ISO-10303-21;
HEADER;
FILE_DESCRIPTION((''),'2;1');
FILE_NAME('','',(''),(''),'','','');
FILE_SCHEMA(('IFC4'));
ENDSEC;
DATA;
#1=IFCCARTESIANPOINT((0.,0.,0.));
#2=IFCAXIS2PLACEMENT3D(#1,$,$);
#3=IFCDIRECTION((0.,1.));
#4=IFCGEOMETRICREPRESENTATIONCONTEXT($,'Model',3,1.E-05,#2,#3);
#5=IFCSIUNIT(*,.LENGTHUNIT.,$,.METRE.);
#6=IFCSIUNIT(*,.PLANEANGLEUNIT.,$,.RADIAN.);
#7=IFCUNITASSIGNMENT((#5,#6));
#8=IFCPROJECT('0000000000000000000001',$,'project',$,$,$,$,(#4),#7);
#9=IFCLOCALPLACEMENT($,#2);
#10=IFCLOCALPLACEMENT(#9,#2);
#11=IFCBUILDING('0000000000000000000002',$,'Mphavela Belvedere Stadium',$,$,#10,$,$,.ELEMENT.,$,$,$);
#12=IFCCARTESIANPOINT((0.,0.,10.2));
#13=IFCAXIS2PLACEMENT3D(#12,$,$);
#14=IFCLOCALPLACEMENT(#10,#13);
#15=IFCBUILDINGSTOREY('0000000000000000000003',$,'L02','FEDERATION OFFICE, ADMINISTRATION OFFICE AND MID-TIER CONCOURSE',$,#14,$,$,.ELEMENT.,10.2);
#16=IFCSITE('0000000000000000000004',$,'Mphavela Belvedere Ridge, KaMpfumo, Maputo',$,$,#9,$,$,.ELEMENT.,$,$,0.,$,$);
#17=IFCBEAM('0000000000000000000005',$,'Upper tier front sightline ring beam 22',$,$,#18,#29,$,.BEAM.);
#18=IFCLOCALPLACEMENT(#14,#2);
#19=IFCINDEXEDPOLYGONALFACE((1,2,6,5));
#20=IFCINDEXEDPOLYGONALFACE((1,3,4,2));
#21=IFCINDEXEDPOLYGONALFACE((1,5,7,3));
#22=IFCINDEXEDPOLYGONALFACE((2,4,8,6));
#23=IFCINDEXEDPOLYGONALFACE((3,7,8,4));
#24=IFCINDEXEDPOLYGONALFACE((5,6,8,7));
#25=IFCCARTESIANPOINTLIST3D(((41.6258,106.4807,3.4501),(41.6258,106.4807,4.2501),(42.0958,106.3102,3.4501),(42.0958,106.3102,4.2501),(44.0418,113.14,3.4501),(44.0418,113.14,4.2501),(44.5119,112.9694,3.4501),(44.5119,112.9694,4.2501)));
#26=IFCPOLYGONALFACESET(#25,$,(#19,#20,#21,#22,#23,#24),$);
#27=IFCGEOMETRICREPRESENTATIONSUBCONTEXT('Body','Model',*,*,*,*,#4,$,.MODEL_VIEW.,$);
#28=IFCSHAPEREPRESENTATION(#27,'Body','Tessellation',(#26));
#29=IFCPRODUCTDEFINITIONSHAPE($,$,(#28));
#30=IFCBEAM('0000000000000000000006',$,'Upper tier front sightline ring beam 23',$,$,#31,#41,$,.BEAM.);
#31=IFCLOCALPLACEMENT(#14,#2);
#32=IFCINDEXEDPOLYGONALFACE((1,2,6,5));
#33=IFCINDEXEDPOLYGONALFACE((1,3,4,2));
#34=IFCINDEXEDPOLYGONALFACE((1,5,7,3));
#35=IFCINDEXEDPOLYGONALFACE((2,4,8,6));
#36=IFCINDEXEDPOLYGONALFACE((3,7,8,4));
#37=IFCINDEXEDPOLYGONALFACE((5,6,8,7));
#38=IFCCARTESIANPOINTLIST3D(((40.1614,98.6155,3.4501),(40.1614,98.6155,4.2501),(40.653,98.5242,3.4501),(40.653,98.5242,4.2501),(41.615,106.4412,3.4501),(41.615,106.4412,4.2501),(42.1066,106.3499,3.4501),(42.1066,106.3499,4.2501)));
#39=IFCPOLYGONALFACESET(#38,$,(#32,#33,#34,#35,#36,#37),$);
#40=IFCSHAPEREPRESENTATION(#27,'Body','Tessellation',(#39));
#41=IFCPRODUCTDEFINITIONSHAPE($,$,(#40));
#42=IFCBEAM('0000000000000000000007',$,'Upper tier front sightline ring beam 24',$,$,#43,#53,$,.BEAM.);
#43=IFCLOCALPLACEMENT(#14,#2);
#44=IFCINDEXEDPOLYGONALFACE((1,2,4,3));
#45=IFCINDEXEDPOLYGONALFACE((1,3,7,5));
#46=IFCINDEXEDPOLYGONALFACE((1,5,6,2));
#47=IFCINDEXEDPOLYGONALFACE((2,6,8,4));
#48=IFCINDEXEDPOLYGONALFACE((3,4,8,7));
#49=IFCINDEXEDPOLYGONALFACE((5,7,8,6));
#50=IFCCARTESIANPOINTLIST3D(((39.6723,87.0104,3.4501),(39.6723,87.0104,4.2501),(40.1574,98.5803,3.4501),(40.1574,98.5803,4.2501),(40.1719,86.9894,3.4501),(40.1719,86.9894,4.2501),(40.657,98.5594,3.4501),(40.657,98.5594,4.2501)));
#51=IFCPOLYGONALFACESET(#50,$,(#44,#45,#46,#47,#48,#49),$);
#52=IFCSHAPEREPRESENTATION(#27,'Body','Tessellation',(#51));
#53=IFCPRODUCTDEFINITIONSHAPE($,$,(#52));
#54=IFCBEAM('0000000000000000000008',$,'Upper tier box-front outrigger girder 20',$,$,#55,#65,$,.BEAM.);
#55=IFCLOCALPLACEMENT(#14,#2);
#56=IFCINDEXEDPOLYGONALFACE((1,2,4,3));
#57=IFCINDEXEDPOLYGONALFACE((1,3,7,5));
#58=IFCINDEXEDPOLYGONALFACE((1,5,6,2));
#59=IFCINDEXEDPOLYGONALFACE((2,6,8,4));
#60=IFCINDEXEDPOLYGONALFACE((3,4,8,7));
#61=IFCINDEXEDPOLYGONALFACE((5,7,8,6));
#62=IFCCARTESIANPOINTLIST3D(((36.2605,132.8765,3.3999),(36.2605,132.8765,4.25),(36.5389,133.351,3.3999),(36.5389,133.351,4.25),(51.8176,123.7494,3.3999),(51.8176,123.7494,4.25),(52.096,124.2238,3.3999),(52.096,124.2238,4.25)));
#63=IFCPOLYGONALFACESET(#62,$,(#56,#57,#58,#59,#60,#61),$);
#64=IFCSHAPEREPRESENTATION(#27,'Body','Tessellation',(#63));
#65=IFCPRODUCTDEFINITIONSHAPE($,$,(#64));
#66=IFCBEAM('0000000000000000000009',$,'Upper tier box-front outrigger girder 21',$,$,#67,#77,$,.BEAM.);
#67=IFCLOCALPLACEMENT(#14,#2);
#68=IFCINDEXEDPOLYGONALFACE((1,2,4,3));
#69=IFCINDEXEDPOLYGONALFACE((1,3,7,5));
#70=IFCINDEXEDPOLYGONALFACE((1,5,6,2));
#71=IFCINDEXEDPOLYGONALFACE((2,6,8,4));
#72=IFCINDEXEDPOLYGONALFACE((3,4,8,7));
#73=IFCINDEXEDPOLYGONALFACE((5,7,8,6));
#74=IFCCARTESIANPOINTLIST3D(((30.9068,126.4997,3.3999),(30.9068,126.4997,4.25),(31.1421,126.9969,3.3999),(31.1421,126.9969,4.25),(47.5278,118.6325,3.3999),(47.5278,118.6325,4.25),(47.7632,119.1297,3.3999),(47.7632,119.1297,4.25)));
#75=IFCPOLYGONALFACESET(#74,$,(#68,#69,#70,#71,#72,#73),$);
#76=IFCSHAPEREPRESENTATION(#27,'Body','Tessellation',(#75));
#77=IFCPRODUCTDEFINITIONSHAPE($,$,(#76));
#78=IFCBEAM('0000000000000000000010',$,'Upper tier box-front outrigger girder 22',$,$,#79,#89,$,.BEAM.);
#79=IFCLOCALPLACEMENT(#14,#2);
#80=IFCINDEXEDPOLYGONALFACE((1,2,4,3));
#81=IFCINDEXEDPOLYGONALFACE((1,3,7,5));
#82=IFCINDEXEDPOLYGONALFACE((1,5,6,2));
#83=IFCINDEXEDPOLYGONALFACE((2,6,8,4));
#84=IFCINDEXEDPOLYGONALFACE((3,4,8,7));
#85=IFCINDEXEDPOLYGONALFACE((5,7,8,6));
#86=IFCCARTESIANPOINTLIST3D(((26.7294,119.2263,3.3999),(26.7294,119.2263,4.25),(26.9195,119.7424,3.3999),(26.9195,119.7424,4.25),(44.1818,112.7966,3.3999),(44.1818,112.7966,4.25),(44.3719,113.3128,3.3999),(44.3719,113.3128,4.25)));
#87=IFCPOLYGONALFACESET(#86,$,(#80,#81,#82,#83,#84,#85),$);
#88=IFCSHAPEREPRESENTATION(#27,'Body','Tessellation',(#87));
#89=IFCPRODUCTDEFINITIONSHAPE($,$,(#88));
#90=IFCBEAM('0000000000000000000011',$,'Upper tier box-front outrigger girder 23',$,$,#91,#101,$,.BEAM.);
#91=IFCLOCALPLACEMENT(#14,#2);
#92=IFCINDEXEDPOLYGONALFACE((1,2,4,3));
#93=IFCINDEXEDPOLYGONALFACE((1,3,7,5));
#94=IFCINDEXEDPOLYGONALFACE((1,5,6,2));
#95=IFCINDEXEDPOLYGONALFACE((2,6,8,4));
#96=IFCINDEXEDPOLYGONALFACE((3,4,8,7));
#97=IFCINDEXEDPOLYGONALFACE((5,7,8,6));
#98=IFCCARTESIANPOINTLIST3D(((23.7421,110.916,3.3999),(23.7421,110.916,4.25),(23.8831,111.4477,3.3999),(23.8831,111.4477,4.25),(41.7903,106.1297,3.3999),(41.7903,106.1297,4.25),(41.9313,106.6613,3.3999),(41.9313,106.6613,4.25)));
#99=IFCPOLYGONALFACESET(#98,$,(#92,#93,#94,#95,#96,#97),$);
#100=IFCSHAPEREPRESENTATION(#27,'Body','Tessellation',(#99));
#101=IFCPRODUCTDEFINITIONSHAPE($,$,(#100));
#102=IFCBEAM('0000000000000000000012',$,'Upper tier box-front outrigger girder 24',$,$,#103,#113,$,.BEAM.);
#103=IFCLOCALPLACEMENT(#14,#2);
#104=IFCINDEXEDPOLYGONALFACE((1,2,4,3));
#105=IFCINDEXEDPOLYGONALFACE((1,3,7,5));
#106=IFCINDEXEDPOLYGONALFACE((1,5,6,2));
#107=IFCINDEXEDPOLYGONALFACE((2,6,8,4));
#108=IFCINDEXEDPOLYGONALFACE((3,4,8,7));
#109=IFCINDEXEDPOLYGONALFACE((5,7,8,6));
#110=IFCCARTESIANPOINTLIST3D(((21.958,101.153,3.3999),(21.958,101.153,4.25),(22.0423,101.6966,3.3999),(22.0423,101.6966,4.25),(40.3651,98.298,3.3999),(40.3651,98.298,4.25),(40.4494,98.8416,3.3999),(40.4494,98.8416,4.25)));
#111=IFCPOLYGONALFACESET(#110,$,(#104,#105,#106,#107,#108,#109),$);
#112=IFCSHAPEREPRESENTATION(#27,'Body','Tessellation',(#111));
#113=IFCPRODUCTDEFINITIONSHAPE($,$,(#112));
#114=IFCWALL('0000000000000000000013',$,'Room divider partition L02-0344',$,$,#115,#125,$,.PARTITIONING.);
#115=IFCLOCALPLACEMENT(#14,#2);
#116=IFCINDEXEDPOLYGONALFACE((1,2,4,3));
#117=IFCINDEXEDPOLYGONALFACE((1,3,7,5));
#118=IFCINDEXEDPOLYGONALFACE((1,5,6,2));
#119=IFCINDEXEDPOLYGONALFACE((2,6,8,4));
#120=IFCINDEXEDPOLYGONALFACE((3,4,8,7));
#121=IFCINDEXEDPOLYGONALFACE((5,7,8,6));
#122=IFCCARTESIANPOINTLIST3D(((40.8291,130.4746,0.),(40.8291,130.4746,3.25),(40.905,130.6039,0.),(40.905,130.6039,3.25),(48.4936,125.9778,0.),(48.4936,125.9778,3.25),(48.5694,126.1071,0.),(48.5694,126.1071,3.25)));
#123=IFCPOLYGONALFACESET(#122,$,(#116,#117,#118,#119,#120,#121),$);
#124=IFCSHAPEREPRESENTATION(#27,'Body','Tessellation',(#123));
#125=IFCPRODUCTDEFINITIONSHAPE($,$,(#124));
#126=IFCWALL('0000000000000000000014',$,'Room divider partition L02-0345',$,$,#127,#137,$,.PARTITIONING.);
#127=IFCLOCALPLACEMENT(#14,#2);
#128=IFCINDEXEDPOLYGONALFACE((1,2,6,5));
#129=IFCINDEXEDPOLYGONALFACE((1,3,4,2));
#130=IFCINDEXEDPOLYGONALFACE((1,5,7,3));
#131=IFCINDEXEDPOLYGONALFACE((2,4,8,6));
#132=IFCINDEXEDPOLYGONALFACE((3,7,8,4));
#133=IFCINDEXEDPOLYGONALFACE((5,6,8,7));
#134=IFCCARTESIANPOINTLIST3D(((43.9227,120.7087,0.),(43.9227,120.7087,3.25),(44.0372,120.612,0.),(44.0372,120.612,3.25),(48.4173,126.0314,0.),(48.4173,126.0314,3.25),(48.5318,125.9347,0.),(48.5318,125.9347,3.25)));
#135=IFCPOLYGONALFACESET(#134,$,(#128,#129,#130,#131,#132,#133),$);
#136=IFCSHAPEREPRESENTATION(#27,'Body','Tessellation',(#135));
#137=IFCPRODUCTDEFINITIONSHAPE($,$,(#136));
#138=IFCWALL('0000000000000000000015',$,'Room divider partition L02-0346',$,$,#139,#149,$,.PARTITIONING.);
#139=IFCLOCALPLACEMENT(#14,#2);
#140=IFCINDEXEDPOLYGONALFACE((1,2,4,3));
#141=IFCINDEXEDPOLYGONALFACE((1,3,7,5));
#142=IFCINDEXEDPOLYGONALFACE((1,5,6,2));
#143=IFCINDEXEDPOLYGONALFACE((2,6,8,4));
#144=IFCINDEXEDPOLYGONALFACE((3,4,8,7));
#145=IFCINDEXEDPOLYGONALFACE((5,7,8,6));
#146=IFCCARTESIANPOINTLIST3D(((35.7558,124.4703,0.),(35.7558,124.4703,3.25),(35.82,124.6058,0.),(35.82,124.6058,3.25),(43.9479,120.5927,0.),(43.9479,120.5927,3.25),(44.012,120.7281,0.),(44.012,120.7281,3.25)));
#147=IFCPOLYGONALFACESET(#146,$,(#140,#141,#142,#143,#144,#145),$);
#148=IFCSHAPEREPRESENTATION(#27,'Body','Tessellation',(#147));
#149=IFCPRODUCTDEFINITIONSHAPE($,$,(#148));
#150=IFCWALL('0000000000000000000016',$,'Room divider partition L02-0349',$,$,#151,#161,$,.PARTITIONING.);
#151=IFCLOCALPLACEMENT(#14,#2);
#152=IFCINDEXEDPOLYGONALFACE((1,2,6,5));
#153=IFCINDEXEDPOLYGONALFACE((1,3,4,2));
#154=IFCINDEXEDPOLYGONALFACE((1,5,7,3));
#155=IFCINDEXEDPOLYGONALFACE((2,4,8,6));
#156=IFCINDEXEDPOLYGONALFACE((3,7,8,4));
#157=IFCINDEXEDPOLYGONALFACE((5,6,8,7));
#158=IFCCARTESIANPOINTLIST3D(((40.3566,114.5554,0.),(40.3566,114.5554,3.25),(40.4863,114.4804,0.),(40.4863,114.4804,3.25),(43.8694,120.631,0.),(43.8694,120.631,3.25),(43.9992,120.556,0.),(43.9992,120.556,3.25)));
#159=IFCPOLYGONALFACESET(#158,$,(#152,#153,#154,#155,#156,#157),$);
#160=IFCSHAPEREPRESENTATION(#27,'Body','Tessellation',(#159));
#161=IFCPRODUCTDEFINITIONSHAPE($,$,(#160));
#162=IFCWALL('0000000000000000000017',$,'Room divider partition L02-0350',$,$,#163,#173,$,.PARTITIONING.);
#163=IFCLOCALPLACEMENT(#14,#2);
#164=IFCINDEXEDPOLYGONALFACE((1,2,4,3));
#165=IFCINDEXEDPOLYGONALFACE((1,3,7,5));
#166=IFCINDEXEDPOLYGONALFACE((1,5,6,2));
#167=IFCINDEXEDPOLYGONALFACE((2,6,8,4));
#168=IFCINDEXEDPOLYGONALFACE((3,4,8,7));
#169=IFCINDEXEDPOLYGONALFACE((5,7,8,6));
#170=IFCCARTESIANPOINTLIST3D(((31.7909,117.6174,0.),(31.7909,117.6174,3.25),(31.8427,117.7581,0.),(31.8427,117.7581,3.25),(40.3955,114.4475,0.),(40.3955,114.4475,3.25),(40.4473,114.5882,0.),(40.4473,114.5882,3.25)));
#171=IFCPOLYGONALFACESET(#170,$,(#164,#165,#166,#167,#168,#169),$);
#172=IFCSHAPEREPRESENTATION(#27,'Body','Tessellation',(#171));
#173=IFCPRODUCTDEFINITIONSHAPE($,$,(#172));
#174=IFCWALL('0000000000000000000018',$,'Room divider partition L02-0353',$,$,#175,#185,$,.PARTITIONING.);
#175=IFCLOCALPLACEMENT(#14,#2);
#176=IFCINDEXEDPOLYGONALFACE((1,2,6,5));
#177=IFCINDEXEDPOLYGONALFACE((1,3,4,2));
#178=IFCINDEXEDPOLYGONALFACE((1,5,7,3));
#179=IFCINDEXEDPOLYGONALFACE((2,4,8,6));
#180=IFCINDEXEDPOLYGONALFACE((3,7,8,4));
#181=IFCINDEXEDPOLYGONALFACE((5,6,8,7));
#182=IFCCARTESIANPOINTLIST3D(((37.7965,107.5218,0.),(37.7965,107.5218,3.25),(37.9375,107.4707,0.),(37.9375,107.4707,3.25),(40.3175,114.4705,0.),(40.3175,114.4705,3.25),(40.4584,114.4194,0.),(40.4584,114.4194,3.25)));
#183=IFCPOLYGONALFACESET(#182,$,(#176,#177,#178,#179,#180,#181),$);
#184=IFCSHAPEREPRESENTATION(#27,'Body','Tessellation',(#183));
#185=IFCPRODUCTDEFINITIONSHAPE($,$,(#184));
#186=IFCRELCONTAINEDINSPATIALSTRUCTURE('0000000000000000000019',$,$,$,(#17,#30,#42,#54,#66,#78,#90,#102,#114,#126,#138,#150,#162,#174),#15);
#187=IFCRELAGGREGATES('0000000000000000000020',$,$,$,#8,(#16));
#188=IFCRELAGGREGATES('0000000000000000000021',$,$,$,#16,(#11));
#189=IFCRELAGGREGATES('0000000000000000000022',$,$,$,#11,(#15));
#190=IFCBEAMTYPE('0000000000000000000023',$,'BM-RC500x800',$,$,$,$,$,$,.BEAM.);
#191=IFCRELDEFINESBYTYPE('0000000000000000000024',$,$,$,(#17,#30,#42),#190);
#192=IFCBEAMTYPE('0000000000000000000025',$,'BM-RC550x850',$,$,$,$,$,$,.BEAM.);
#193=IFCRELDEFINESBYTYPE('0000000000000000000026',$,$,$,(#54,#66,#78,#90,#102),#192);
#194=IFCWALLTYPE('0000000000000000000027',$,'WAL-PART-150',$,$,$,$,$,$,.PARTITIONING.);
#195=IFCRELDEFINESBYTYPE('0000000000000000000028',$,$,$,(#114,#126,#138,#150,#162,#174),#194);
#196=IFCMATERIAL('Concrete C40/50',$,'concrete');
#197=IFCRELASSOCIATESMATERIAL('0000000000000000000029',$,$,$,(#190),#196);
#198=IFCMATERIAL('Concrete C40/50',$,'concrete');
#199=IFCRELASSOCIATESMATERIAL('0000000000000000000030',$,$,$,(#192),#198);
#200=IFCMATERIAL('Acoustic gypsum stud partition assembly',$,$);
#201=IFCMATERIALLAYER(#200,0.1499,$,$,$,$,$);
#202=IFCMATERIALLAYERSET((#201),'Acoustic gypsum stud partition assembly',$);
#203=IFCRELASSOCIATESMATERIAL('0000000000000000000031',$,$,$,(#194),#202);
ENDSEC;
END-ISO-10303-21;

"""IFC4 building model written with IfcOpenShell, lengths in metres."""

from ifc_helpers import new_model, si_unit, direction, frame, frame_2d, origin, origin_2d, place, context, subcontext, project, spatial, rectangle, extrude, material, layer, layer_set, material_profile, profile_set, type_object, element, save


model = new_model("IFC4")

# Units and contexts
model_context = context("Model", 3, precision=1e-05, world=origin(), true_north=direction((0.0, 1.0)))
body_context = subcontext(model_context, "Body", "Model", "MODEL_VIEW")
ifc_project = project(units=[si_unit("LENGTHUNIT", "METRE"), si_unit("PLANEANGLEUNIT", "RADIAN")], contexts=[model_context])

# Site, building, storey
site_placement = place(None, origin())
site = spatial("IfcSite", under=ifc_project, at=site_placement, Name="Mphavela Belvedere Ridge, KaMpfumo, Maputo", CompositionType="ELEMENT", RefElevation=0.0)
building_placement = place(site_placement, origin())
building = spatial("IfcBuilding", under=site, at=building_placement, Name="Mphavela Belvedere Stadium", CompositionType="ELEMENT")
storey_placement = place(building_placement, frame((0.0, 0.0, 10.2)))
storey = spatial("IfcBuildingStorey", under=building, at=storey_placement, Name="L02", Description="FEDERATION OFFICE, ADMINISTRATION OFFICE AND MID-TIER CONCOURSE", CompositionType="ELEMENT", Elevation=10.2)

# Beams
ifc_material_1 = material(Name="Concrete C40/50", Category="concrete")
ifc_material_profile_1 = material_profile(ifc_material_1, rectangle(XDim=0.5, YDim=0.8, at=origin_2d()), Name="RC 500x800")
ifc_profile_set_1 = profile_set([ifc_material_profile_1], Name="Concrete C40/50")
beam_type_1 = type_object("IfcBeamType", Name="BM-RC500x800", PredefinedType="BEAM", material=ifc_profile_set_1)
beam_1_placement = place(storey_placement, frame((44.2769, 113.0547, 3.8501), z_axis=(-0.341057, -0.940043, 0.0), x_axis=(0.940043, -0.341057, 0.0)))
element("IfcBeam", 1, at=beam_1_placement, inside=storey, type_object=beam_type_1, Name="Upper tier front sightline ring beam 22", PredefinedType="BEAM", context=body_context, shape_type="SweptSolid", body=[
    extrude(rectangle(XDim=0.5, YDim=0.8, at=origin_2d()), origin(), (0.0, 0.0, 1.0), 7.084),
])
beam_2_placement = place(storey_placement, frame((41.8608, 106.3955, 3.8501), z_axis=(-0.182625, -0.983183, 0.0), x_axis=(0.983183, -0.182625, 0.0)))
element("IfcBeam", 2, at=beam_2_placement, inside=storey, type_object=beam_type_1, Name="Upper tier front sightline ring beam 23", PredefinedType="BEAM", context=body_context, shape_type="SweptSolid", body=[
    extrude(rectangle(XDim=0.5, YDim=0.8, at=origin_2d()), origin(), (0.0, 0.0, 1.0), 7.9595),
])
beam_3_placement = place(storey_placement, frame((40.4072, 98.5698, 3.8501), z_axis=(-0.041892, -0.999122, 0.0), x_axis=(0.999122, -0.041892, 0.0)))
element("IfcBeam", 3, at=beam_3_placement, inside=storey, type_object=beam_type_1, Name="Upper tier front sightline ring beam 24", PredefinedType="BEAM", context=body_context, shape_type="SweptSolid", body=[
    extrude(rectangle(XDim=0.5, YDim=0.8, at=origin_2d()), origin(), (0.0, 0.0, 1.0), 11.5801),
])
ifc_material_2 = material(Name="Concrete C40/50", Category="concrete")
ifc_material_profile_2 = material_profile(ifc_material_2, rectangle(XDim=0.55, YDim=0.8501, at=origin_2d()), Name="RC 550x850")
ifc_profile_set_2 = profile_set([ifc_material_profile_2], Name="Concrete C40/50")
beam_type_2 = type_object("IfcBeamType", Name="BM-RC550x850", PredefinedType="BEAM", material=ifc_profile_set_2)
beam_4_placement = place(storey_placement, frame((51.9568, 123.9866, 3.825), z_axis=(-0.862516, 0.506029, 0.0), x_axis=(-0.506029, -0.862516, 0.0)))
element("IfcBeam", 4, at=beam_4_placement, inside=storey, type_object=beam_type_2, Name="Upper tier box-front outrigger girder 20", PredefinedType="BEAM", context=body_context, shape_type="SweptSolid", body=[
    extrude(rectangle(XDim=0.55, YDim=0.8501, at=origin_2d()), origin(), (0.0, 0.0, 1.0), 18.0369),
])
beam_5_placement = place(storey_placement, frame((47.6455, 118.8811, 3.825), z_axis=(-0.903863, 0.427822, 0.0), x_axis=(-0.427822, -0.903863, 0.0)))
element("IfcBeam", 5, at=beam_5_placement, inside=storey, type_object=beam_type_2, Name="Upper tier box-front outrigger girder 21", PredefinedType="BEAM", context=body_context, shape_type="SweptSolid", body=[
    extrude(rectangle(XDim=0.55, YDim=0.8501, at=origin_2d()), origin(), (0.0, 0.0, 1.0), 18.3889),
])
beam_6_placement = place(storey_placement, frame((44.2769, 113.0547, 3.825), z_axis=(-0.938346, 0.345699, 0.0), x_axis=(-0.345699, -0.938346, 0.0)))
element("IfcBeam", 6, at=beam_6_placement, inside=storey, type_object=beam_type_2, Name="Upper tier box-front outrigger girder 22", PredefinedType="BEAM", context=body_context, shape_type="SweptSolid", body=[
    extrude(rectangle(XDim=0.55, YDim=0.8501, at=origin_2d()), origin(), (0.0, 0.0, 1.0), 18.5991),
])
beam_7_placement = place(storey_placement, frame((41.8608, 106.3955, 3.825), z_axis=(-0.966588, 0.256337, 0.0), x_axis=(-0.256337, -0.966588, 0.0)))
element("IfcBeam", 7, at=beam_7_placement, inside=storey, type_object=beam_type_2, Name="Upper tier box-front outrigger girder 23", PredefinedType="BEAM", context=body_context, shape_type="SweptSolid", body=[
    extrude(rectangle(XDim=0.55, YDim=0.8501, at=origin_2d()), origin(), (0.0, 0.0, 1.0), 18.6721),
])
beam_8_placement = place(storey_placement, frame((40.4072, 98.5698, 3.825), z_axis=(-0.988185, 0.153268, 0.0), x_axis=(-0.153268, -0.988185, 0.0)))
element("IfcBeam", 8, at=beam_8_placement, inside=storey, type_object=beam_type_2, Name="Upper tier box-front outrigger girder 24", PredefinedType="BEAM", context=body_context, shape_type="SweptSolid", body=[
    extrude(rectangle(XDim=0.55, YDim=0.8501, at=origin_2d()), origin(), (0.0, 0.0, 1.0), 18.6272),
])

# Walls
ifc_material_3 = material(Name="Acoustic gypsum stud partition assembly")
ifc_layer = layer(ifc_material_3, 0.1499)
ifc_layer_set = layer_set([ifc_layer], Name="Acoustic gypsum stud partition assembly")
wall_type = type_object("IfcWallType", Name="WAL-PART-150", PredefinedType="PARTITIONING", material=ifc_layer_set)
wall_1_placement = place(storey_placement, frame((48.5315, 126.0425, 0.0), z_axis=(0.0, 0.0, 1.0), x_axis=(-0.862511, 0.506039, 0.0)))
element("IfcWall", 9, at=wall_1_placement, inside=storey, type_object=wall_type, Name="Room divider partition L02-0344", PredefinedType="PARTITIONING", context=body_context, shape_type="SweptSolid", body=[
    extrude(rectangle(XDim=8.8862, YDim=0.1499, at=frame_2d((4.4431, 0.0))), origin(), (0.0, 0.0, 1.0), 3.25),
])
wall_2_placement = place(storey_placement, frame((48.4746, 125.9832, 0.0), z_axis=(0.0, 0.0, 1.0), x_axis=(-0.645169, -0.76404, 0.0)))
element("IfcWall", 10, at=wall_2_placement, inside=storey, type_object=wall_type, Name="Room divider partition L02-0345", PredefinedType="PARTITIONING", context=body_context, shape_type="SweptSolid", body=[
    extrude(rectangle(XDim=6.9666, YDim=0.1499, at=frame_2d((3.4834, 0.0))), origin(), (0.0, 0.0, 1.0), 3.25),
])
wall_3_placement = place(storey_placement, frame((43.98, 120.6604, 0.0), z_axis=(0.0, 0.0, 1.0), x_axis=(-0.903857, 0.427834, 0.0)))
element("IfcWall", 11, at=wall_3_placement, inside=storey, type_object=wall_type, Name="Room divider partition L02-0346", PredefinedType="PARTITIONING", context=body_context, shape_type="SweptSolid", body=[
    extrude(rectangle(XDim=9.0635, YDim=0.1499, at=frame_2d((4.5317, 0.0))), origin(), (0.0, 0.0, 1.0), 3.25),
])
wall_4_placement = place(storey_placement, frame((43.9343, 120.5935, 0.0), z_axis=(0.0, 0.0, 1.0), x_axis=(-0.500549, -0.865708, 0.0)))
element("IfcWall", 12, at=wall_4_placement, inside=storey, type_object=wall_type, Name="Room divider partition L02-0349", PredefinedType="PARTITIONING", context=body_context, shape_type="SweptSolid", body=[
    extrude(rectangle(XDim=7.0181, YDim=0.1499, at=frame_2d((3.509, 0.0))), origin(), (0.0, 0.0, 1.0), 3.25),
])
wall_5_placement = place(storey_placement, frame((40.4214, 114.5178, 0.0), z_axis=(0.0, 0.0, 1.0), x_axis=(-0.938349, 0.345691, 0.0)))
element("IfcWall", 13, at=wall_5_placement, inside=storey, type_object=wall_type, Name="Room divider partition L02-0350", PredefinedType="PARTITIONING", context=body_context, shape_type="SweptSolid", body=[
    extrude(rectangle(XDim=9.1699, YDim=0.1499, at=frame_2d((4.585, 0.0))), origin(), (0.0, 0.0, 1.0), 3.25),
])
wall_6_placement = place(storey_placement, frame((40.3879, 114.4448, 0.0), z_axis=(0.0, 0.0, 1.0), x_axis=(-0.341048, -0.940046, 0.0)))
element("IfcWall", 14, at=wall_6_placement, inside=storey, type_object=wall_type, Name="Room divider partition L02-0353", PredefinedType="PARTITIONING", context=body_context, shape_type="SweptSolid", body=[
    extrude(rectangle(XDim=7.3918, YDim=0.1499, at=frame_2d((3.6958, 0.0))), origin(), (0.0, 0.0, 1.0), 3.25),
])

save(model, "model.ifc")
